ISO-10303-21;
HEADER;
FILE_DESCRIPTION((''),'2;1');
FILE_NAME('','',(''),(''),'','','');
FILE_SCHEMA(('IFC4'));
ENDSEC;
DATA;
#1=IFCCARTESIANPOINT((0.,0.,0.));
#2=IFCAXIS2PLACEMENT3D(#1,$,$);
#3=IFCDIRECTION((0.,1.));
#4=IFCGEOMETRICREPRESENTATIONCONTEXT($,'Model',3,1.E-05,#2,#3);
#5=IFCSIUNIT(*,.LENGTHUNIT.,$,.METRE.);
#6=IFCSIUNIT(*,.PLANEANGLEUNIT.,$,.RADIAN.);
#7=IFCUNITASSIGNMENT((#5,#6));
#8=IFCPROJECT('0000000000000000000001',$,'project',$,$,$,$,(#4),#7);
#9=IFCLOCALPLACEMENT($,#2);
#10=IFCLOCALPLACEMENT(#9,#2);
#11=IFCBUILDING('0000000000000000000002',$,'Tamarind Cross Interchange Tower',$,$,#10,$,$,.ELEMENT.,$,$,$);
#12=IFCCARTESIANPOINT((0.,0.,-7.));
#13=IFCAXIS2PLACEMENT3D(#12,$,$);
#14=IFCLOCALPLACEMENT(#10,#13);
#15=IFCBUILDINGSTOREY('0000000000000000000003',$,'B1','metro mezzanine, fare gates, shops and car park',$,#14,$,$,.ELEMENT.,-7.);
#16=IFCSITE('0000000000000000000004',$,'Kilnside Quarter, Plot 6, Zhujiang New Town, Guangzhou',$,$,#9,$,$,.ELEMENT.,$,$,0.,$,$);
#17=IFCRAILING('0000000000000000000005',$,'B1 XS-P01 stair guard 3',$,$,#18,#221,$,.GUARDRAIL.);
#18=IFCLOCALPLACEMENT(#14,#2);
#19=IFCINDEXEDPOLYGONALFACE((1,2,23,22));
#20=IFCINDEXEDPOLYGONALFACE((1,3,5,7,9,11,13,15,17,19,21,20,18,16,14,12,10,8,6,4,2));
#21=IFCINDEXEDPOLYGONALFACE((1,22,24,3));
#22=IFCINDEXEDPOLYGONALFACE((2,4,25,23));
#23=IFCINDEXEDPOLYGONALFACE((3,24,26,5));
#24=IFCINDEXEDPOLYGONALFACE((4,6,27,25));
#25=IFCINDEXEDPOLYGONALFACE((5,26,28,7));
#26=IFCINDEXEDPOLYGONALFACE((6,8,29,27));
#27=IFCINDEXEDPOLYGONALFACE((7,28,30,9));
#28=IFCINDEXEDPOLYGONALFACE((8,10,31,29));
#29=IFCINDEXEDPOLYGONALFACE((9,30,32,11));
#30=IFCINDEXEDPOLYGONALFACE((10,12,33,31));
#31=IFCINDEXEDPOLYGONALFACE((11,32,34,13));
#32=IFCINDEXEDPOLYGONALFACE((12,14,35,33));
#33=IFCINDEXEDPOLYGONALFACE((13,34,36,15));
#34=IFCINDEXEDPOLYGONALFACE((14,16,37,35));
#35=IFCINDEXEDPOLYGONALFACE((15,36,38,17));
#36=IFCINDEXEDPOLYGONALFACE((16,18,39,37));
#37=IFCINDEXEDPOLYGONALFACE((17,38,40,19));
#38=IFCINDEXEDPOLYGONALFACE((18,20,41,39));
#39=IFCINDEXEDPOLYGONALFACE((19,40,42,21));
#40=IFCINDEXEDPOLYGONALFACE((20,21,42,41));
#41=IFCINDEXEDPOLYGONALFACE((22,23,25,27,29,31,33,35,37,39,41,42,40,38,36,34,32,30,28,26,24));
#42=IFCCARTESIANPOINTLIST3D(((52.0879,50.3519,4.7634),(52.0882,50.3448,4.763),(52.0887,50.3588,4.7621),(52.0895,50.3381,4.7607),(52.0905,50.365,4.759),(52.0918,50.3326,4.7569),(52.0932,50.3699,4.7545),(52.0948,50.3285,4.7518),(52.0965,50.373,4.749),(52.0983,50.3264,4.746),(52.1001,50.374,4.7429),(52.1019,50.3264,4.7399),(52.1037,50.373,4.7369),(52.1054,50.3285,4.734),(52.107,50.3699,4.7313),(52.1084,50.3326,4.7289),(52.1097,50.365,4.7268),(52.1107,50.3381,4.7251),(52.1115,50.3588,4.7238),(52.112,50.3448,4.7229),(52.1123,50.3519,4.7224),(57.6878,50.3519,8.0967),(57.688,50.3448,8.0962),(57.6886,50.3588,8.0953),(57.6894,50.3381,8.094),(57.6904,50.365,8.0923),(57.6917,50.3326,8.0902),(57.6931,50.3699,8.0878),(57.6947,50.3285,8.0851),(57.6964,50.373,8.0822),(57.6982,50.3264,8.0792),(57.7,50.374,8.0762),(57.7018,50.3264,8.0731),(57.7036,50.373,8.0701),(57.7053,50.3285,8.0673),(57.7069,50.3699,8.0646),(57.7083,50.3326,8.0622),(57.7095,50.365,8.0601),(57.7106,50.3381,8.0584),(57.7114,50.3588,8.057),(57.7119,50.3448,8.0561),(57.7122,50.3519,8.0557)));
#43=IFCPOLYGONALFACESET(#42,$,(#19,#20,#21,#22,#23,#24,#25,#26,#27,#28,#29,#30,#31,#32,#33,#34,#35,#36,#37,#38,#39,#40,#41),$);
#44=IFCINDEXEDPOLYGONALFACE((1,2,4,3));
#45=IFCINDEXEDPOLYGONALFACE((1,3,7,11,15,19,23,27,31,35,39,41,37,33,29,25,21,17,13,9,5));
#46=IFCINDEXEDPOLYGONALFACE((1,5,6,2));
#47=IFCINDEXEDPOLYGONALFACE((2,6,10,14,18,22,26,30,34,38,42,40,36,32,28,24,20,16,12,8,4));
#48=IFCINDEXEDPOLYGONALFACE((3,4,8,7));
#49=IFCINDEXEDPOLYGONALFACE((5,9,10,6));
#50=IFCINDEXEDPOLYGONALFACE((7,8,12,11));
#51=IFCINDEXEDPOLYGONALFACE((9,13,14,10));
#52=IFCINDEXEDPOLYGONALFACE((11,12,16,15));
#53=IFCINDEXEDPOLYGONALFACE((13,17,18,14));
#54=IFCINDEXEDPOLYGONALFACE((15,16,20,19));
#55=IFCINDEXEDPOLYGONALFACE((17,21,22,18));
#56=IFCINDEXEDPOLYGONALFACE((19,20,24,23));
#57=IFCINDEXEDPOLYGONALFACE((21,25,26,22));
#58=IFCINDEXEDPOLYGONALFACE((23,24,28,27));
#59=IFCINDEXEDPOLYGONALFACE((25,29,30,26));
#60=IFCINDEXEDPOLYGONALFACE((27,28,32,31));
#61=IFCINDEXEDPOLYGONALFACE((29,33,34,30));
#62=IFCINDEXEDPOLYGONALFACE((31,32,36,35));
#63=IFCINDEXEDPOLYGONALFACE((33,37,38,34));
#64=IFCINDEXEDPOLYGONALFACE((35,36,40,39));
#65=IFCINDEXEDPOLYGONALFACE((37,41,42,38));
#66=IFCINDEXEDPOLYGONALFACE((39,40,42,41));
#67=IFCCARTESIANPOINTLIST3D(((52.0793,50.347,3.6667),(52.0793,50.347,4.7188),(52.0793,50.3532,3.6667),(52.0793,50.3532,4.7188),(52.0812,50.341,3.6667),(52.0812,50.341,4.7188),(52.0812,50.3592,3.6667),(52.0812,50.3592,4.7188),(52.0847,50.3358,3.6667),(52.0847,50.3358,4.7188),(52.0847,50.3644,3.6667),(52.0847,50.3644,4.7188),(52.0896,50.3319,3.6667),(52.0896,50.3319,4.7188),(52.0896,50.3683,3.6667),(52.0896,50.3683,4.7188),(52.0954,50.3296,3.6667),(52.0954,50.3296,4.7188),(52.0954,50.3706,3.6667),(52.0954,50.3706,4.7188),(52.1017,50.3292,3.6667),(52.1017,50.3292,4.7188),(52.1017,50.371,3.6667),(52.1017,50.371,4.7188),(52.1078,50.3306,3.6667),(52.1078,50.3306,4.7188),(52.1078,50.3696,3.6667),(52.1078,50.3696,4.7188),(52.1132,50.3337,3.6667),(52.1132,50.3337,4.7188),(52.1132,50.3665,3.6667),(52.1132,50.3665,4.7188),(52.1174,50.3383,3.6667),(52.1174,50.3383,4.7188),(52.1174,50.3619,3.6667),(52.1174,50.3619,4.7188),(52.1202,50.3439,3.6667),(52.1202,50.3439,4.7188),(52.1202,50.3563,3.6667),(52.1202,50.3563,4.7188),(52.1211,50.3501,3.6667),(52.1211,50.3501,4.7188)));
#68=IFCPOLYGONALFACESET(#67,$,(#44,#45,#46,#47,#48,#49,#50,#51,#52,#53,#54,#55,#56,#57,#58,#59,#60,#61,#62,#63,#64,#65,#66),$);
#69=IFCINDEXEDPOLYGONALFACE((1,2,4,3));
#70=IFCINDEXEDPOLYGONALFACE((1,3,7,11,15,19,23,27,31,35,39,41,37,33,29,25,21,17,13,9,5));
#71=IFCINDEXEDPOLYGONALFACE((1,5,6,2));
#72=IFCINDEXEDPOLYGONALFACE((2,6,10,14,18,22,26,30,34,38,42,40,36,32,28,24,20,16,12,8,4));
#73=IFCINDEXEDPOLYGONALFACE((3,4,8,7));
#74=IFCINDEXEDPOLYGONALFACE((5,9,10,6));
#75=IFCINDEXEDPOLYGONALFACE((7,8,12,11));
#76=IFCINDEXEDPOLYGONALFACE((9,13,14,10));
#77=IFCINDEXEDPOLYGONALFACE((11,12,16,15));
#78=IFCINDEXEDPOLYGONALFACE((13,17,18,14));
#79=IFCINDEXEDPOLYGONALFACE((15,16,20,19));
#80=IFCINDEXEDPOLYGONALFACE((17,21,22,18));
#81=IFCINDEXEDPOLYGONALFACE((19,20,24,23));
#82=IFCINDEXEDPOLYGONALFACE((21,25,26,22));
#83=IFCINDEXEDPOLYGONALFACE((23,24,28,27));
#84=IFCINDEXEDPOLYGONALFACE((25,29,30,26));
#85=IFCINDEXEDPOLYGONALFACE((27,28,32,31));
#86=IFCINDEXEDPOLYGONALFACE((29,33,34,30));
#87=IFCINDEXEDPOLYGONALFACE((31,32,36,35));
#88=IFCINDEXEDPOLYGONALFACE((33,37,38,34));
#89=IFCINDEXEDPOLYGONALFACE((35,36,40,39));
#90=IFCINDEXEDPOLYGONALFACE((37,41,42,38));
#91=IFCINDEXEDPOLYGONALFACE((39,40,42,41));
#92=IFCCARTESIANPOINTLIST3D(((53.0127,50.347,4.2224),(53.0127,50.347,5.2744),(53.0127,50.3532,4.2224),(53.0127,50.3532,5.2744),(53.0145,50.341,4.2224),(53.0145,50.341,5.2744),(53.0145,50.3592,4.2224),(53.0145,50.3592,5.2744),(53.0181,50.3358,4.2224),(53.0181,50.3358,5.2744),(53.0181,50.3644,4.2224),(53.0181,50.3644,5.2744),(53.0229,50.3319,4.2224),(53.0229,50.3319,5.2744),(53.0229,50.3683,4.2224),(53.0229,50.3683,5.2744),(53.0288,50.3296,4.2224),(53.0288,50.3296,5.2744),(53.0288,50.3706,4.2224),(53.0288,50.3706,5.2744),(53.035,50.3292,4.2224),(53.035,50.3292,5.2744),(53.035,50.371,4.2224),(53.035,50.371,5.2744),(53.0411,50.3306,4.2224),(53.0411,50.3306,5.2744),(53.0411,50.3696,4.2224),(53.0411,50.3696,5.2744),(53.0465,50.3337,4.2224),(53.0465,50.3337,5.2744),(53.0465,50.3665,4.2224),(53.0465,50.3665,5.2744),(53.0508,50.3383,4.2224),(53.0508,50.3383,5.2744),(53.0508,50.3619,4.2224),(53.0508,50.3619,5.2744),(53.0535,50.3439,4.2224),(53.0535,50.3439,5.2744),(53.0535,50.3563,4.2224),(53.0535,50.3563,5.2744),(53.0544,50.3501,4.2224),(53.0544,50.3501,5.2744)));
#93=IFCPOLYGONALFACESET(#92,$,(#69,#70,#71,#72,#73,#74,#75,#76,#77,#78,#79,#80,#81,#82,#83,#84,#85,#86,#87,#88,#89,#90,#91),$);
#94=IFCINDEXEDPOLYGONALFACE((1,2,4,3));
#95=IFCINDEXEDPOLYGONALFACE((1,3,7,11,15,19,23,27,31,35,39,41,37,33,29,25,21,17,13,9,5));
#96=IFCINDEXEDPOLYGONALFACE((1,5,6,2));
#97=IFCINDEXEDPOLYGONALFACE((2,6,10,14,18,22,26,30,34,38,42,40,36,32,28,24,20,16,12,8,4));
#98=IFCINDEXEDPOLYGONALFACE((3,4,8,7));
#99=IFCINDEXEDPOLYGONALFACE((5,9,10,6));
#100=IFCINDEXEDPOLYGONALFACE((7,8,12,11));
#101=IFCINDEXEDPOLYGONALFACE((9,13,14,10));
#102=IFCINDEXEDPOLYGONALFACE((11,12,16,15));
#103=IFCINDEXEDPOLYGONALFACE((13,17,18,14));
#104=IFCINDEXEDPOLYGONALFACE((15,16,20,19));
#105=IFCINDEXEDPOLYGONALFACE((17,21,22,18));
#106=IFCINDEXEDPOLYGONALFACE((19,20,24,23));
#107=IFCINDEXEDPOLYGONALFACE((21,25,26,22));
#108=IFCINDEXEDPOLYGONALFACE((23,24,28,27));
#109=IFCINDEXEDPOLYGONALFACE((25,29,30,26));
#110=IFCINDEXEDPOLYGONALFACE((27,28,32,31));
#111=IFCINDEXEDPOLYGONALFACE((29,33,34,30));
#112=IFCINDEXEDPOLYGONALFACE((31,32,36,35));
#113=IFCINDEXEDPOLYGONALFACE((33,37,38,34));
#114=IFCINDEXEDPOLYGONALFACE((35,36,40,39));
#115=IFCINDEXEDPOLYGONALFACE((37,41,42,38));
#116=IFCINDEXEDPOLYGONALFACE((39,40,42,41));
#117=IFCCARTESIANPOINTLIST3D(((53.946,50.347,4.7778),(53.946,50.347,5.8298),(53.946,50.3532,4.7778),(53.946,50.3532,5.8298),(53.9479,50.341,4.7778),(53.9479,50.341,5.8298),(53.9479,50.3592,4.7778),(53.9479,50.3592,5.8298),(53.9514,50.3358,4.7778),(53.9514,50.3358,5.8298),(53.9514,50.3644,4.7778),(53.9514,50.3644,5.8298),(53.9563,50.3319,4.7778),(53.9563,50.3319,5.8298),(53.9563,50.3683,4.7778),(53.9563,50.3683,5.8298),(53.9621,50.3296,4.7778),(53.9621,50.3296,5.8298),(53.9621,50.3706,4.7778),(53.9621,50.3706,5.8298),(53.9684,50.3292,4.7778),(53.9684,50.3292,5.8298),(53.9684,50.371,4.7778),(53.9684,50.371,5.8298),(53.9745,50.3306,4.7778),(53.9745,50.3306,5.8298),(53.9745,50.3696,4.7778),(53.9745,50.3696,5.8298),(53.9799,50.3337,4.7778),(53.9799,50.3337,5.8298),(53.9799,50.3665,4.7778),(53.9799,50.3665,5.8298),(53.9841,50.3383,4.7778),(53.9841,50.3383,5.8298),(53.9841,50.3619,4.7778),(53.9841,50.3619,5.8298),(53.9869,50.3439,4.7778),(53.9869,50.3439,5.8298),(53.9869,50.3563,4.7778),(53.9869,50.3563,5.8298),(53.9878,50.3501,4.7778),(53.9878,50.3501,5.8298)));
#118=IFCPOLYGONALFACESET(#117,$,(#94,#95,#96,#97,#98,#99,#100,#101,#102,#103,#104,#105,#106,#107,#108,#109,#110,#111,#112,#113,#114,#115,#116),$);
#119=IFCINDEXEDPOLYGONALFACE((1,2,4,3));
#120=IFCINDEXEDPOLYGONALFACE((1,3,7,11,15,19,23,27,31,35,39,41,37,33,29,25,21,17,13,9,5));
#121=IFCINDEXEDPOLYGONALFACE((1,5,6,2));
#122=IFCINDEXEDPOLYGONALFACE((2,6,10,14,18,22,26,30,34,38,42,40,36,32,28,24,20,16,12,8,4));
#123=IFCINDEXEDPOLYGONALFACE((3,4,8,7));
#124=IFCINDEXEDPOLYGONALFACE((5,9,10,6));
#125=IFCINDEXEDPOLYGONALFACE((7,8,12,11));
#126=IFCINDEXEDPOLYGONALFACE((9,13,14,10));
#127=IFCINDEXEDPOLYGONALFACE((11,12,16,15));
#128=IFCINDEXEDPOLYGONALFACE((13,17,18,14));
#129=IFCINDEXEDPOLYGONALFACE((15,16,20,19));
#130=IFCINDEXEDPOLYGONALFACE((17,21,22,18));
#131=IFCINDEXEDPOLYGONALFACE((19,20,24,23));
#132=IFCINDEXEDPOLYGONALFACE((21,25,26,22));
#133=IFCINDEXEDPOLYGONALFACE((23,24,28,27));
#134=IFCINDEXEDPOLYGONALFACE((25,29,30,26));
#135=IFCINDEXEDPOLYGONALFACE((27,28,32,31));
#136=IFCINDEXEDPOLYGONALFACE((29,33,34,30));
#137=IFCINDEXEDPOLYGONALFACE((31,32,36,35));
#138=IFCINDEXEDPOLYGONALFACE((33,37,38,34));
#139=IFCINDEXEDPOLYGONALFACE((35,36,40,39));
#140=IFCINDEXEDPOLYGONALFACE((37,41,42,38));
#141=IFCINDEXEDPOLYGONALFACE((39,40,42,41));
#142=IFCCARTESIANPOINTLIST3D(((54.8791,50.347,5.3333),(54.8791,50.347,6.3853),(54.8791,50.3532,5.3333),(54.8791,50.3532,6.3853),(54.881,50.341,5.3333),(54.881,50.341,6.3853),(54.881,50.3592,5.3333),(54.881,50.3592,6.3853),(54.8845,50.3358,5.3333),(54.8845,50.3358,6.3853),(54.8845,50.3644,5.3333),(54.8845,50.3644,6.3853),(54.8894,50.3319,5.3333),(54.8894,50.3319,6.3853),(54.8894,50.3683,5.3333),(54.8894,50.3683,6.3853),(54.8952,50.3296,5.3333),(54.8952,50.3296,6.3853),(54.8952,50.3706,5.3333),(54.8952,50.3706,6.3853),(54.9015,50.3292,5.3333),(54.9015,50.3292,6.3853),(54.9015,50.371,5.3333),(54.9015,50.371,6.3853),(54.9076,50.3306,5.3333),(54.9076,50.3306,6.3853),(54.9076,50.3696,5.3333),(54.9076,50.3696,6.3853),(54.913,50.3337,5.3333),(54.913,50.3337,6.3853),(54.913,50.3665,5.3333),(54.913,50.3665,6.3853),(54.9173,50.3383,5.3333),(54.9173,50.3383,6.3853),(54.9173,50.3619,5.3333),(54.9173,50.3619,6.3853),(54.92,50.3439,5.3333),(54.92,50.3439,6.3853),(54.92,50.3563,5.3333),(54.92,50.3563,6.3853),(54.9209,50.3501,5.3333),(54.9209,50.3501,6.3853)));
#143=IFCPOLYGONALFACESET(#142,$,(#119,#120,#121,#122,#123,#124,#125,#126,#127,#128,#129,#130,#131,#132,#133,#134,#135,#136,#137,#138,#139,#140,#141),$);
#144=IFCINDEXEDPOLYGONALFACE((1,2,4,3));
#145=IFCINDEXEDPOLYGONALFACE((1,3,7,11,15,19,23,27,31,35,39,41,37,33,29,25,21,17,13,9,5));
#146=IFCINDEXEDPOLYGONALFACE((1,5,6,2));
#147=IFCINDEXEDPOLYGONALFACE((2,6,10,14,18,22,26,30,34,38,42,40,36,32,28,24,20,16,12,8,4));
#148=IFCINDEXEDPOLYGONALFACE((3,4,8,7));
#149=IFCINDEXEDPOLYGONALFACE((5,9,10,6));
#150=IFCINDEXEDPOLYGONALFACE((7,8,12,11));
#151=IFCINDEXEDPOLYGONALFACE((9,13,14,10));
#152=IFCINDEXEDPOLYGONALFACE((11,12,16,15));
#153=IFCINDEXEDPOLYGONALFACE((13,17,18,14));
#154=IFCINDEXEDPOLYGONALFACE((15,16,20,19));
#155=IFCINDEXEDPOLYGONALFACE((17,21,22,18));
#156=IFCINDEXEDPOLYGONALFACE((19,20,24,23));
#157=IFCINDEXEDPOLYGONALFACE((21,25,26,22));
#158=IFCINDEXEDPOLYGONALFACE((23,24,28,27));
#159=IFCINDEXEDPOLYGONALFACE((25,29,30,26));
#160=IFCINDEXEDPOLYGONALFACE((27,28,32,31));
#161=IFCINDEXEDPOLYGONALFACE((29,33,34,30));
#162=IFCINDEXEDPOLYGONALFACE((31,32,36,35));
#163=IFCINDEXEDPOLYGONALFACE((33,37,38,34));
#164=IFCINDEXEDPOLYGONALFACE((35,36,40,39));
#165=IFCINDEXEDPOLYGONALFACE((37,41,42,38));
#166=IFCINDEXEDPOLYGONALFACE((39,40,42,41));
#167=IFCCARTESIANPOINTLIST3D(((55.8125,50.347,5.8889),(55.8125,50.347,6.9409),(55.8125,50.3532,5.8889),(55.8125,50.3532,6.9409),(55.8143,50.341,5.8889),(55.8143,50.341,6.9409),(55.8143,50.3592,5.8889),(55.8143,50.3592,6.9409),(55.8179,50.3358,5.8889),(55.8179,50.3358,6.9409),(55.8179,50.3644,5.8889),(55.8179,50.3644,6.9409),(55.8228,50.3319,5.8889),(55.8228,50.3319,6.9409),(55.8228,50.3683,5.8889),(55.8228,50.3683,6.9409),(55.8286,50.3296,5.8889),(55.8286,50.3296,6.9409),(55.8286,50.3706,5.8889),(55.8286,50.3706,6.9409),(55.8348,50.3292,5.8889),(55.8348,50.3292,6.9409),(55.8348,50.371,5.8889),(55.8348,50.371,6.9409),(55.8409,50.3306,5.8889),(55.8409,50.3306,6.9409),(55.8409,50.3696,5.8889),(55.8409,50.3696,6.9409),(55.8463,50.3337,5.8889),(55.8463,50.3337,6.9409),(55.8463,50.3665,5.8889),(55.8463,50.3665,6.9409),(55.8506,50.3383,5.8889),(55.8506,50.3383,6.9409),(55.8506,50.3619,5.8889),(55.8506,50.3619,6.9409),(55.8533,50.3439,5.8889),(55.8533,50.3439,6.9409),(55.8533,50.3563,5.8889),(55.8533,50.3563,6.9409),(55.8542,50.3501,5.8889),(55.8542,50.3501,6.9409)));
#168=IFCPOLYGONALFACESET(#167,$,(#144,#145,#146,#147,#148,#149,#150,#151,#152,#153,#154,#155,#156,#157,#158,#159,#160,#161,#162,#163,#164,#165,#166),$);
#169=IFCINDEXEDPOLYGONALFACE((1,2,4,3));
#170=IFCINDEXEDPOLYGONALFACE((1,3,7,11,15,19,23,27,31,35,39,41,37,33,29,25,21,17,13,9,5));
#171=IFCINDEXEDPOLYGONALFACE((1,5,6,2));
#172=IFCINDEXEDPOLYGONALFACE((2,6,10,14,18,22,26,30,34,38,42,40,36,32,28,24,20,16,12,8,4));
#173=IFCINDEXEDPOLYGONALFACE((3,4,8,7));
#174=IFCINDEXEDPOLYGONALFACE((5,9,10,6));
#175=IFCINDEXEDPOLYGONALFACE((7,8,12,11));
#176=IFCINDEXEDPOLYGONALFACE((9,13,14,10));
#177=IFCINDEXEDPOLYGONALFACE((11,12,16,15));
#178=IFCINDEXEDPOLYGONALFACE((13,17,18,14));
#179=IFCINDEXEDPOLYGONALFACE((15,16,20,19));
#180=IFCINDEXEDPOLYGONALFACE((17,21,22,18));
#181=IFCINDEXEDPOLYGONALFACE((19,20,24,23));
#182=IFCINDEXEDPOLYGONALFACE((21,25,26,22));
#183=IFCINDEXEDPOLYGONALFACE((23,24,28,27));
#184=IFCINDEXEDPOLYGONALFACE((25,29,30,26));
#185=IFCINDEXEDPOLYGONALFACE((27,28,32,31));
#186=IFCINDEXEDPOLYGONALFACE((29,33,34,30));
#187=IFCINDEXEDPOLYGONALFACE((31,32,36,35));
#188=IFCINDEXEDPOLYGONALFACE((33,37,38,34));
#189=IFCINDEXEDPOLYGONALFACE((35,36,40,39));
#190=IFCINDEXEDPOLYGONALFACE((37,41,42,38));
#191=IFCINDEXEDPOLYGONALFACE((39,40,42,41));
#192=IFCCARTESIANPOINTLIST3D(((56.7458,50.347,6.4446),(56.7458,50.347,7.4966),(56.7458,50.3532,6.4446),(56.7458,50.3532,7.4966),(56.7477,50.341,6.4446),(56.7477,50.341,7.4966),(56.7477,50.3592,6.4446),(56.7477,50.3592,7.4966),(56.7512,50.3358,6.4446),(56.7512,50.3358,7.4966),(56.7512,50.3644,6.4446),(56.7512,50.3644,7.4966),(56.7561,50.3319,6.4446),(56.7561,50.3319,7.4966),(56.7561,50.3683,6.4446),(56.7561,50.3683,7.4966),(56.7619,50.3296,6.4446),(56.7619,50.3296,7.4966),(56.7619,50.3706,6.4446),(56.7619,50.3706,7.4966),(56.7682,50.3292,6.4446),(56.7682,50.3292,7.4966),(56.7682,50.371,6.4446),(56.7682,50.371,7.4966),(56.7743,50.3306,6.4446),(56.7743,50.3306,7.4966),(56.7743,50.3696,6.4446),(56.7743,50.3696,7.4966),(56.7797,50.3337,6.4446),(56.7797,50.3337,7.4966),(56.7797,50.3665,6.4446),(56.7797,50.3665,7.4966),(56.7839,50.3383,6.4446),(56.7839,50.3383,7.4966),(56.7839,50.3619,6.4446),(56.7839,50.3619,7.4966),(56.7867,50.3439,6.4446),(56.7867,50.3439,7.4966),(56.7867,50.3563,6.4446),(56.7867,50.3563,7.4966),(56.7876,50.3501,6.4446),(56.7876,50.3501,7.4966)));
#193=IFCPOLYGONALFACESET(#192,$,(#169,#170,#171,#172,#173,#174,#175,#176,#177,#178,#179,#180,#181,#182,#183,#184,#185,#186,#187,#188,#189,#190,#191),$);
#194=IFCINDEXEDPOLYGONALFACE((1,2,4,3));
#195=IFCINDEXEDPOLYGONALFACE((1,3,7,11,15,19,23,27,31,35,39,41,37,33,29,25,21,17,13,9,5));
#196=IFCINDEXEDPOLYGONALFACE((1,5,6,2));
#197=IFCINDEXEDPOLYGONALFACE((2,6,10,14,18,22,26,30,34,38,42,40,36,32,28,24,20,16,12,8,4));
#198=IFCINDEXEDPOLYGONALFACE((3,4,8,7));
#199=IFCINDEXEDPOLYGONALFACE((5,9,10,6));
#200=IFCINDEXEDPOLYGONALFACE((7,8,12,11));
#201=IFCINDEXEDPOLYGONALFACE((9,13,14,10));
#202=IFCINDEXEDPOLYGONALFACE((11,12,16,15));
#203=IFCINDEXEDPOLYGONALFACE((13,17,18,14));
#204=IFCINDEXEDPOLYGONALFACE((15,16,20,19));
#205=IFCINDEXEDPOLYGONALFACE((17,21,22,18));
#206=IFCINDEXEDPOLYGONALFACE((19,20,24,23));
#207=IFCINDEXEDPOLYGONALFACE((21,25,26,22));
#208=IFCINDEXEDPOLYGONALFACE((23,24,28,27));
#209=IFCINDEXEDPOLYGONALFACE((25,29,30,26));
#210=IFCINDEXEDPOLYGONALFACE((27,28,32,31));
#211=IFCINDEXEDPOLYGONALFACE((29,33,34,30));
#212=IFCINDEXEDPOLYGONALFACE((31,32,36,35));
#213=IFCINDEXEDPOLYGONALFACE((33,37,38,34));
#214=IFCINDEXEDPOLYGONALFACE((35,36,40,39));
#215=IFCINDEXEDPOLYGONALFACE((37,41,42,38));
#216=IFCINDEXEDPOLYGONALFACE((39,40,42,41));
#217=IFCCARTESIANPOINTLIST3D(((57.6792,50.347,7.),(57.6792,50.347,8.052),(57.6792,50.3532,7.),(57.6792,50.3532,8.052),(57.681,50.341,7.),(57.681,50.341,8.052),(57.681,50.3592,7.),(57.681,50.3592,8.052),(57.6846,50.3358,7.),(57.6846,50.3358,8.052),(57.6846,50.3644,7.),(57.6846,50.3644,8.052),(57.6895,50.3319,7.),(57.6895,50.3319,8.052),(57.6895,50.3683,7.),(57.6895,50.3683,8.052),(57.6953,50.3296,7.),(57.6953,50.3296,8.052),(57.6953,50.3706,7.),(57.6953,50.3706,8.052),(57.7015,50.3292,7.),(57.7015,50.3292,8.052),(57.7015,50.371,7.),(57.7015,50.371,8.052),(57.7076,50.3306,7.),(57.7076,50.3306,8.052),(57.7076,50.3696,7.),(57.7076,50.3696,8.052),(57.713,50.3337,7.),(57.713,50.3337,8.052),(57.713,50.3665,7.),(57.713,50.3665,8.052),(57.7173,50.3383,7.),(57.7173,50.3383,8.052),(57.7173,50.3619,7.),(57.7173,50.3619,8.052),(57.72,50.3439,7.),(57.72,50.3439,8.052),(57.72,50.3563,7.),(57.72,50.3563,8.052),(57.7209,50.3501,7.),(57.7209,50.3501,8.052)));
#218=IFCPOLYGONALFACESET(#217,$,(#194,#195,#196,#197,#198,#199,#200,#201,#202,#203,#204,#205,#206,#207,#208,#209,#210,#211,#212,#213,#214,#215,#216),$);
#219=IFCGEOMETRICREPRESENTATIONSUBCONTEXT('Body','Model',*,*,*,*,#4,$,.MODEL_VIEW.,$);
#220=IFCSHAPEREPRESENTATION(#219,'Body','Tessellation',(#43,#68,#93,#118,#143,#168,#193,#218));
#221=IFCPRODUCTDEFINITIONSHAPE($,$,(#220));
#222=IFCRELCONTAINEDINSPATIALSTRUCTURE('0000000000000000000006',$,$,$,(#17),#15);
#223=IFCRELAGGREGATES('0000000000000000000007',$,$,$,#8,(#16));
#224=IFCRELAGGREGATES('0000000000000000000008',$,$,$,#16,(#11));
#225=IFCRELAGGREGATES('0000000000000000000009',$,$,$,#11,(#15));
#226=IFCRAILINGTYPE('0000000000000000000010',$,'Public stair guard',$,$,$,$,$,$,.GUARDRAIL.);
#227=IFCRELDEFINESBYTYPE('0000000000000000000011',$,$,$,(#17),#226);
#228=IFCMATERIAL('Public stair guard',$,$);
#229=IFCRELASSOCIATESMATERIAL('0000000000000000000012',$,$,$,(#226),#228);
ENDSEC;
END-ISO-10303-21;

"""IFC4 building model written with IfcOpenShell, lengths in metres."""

from ifc_helpers import new_model, si_unit, direction, frame, origin, origin_2d, place, context, subcontext, project, spatial, circle, extrude, material, type_object, element, save


model = new_model("IFC4")

# Units and contexts
model_context = context("Model", 3, precision=1e-05, world=origin(), true_north=direction((0.0, 1.0)))
body_context = subcontext(model_context, "Body", "Model", "MODEL_VIEW")
ifc_project = project(units=[si_unit("LENGTHUNIT", "METRE"), si_unit("PLANEANGLEUNIT", "RADIAN")], contexts=[model_context])

# Site, building, storey
site_placement = place(None, origin())
site = spatial("IfcSite", under=ifc_project, at=site_placement, Name="Kilnside Quarter, Plot 6, Zhujiang New Town, Guangzhou", CompositionType="ELEMENT", RefElevation=0.0)
building_placement = place(site_placement, origin())
building = spatial("IfcBuilding", under=site, at=building_placement, Name="Tamarind Cross Interchange Tower", CompositionType="ELEMENT")
storey_placement = place(building_placement, frame((0.0, 0.0, -7.0)))
storey = spatial("IfcBuildingStorey", under=building, at=storey_placement, Name="B1", Description="metro mezzanine, fare gates, shops and car park", CompositionType="ELEMENT", Elevation=-7.0)

# Railing
ifc_material_1 = material(Name="Public stair guard")
railing_type_1 = type_object("IfcRailingType", Name="Public stair guard", PredefinedType="GUARDRAIL", material=ifc_material_1)
railing_1_placement = place(storey_placement, frame((52.1001, 50.3501, 3.6667)))
element("IfcRailing", 1, at=railing_1_placement, inside=storey, type_object=railing_type_1, Name="B1 XS-P01 stair guard 3", PredefinedType="GUARDRAIL", context=body_context, shape_type="SweptSolid", body=[
    extrude(circle(Radius=0.0239, at=origin_2d()), frame((0.0, 0.0, 1.0762), z_axis=(0.859292, 0.0, 0.511485), x_axis=(0.0, 1.0, 0.0)), (0.0, 0.0, 1.0), 6.5168),
    extrude(circle(Radius=0.021, at=origin_2d()), origin(), (0.0, 0.0, 1.0), 1.052),
    extrude(circle(Radius=0.021, at=origin_2d()), frame((0.9333, 0.0, 0.5557)), (0.0, 0.0, 1.0), 1.052),
    extrude(circle(Radius=0.021, at=origin_2d()), frame((1.8667, 0.0, 1.1111)), (0.0, 0.0, 1.0), 1.052),
    extrude(circle(Radius=0.021, at=origin_2d()), frame((2.7998, 0.0, 1.6665)), (0.0, 0.0, 1.0), 1.052),
    extrude(circle(Radius=0.021, at=origin_2d()), frame((3.7332, 0.0, 2.2222)), (0.0, 0.0, 1.0), 1.052),
    extrude(circle(Radius=0.021, at=origin_2d()), frame((4.6665, 0.0, 2.7778)), (0.0, 0.0, 1.0), 1.052),
    extrude(circle(Radius=0.021, at=origin_2d()), frame((5.5999, 0.0, 3.3333)), (0.0, 0.0, 1.0), 1.052),
])

save(model, "model.ifc")
